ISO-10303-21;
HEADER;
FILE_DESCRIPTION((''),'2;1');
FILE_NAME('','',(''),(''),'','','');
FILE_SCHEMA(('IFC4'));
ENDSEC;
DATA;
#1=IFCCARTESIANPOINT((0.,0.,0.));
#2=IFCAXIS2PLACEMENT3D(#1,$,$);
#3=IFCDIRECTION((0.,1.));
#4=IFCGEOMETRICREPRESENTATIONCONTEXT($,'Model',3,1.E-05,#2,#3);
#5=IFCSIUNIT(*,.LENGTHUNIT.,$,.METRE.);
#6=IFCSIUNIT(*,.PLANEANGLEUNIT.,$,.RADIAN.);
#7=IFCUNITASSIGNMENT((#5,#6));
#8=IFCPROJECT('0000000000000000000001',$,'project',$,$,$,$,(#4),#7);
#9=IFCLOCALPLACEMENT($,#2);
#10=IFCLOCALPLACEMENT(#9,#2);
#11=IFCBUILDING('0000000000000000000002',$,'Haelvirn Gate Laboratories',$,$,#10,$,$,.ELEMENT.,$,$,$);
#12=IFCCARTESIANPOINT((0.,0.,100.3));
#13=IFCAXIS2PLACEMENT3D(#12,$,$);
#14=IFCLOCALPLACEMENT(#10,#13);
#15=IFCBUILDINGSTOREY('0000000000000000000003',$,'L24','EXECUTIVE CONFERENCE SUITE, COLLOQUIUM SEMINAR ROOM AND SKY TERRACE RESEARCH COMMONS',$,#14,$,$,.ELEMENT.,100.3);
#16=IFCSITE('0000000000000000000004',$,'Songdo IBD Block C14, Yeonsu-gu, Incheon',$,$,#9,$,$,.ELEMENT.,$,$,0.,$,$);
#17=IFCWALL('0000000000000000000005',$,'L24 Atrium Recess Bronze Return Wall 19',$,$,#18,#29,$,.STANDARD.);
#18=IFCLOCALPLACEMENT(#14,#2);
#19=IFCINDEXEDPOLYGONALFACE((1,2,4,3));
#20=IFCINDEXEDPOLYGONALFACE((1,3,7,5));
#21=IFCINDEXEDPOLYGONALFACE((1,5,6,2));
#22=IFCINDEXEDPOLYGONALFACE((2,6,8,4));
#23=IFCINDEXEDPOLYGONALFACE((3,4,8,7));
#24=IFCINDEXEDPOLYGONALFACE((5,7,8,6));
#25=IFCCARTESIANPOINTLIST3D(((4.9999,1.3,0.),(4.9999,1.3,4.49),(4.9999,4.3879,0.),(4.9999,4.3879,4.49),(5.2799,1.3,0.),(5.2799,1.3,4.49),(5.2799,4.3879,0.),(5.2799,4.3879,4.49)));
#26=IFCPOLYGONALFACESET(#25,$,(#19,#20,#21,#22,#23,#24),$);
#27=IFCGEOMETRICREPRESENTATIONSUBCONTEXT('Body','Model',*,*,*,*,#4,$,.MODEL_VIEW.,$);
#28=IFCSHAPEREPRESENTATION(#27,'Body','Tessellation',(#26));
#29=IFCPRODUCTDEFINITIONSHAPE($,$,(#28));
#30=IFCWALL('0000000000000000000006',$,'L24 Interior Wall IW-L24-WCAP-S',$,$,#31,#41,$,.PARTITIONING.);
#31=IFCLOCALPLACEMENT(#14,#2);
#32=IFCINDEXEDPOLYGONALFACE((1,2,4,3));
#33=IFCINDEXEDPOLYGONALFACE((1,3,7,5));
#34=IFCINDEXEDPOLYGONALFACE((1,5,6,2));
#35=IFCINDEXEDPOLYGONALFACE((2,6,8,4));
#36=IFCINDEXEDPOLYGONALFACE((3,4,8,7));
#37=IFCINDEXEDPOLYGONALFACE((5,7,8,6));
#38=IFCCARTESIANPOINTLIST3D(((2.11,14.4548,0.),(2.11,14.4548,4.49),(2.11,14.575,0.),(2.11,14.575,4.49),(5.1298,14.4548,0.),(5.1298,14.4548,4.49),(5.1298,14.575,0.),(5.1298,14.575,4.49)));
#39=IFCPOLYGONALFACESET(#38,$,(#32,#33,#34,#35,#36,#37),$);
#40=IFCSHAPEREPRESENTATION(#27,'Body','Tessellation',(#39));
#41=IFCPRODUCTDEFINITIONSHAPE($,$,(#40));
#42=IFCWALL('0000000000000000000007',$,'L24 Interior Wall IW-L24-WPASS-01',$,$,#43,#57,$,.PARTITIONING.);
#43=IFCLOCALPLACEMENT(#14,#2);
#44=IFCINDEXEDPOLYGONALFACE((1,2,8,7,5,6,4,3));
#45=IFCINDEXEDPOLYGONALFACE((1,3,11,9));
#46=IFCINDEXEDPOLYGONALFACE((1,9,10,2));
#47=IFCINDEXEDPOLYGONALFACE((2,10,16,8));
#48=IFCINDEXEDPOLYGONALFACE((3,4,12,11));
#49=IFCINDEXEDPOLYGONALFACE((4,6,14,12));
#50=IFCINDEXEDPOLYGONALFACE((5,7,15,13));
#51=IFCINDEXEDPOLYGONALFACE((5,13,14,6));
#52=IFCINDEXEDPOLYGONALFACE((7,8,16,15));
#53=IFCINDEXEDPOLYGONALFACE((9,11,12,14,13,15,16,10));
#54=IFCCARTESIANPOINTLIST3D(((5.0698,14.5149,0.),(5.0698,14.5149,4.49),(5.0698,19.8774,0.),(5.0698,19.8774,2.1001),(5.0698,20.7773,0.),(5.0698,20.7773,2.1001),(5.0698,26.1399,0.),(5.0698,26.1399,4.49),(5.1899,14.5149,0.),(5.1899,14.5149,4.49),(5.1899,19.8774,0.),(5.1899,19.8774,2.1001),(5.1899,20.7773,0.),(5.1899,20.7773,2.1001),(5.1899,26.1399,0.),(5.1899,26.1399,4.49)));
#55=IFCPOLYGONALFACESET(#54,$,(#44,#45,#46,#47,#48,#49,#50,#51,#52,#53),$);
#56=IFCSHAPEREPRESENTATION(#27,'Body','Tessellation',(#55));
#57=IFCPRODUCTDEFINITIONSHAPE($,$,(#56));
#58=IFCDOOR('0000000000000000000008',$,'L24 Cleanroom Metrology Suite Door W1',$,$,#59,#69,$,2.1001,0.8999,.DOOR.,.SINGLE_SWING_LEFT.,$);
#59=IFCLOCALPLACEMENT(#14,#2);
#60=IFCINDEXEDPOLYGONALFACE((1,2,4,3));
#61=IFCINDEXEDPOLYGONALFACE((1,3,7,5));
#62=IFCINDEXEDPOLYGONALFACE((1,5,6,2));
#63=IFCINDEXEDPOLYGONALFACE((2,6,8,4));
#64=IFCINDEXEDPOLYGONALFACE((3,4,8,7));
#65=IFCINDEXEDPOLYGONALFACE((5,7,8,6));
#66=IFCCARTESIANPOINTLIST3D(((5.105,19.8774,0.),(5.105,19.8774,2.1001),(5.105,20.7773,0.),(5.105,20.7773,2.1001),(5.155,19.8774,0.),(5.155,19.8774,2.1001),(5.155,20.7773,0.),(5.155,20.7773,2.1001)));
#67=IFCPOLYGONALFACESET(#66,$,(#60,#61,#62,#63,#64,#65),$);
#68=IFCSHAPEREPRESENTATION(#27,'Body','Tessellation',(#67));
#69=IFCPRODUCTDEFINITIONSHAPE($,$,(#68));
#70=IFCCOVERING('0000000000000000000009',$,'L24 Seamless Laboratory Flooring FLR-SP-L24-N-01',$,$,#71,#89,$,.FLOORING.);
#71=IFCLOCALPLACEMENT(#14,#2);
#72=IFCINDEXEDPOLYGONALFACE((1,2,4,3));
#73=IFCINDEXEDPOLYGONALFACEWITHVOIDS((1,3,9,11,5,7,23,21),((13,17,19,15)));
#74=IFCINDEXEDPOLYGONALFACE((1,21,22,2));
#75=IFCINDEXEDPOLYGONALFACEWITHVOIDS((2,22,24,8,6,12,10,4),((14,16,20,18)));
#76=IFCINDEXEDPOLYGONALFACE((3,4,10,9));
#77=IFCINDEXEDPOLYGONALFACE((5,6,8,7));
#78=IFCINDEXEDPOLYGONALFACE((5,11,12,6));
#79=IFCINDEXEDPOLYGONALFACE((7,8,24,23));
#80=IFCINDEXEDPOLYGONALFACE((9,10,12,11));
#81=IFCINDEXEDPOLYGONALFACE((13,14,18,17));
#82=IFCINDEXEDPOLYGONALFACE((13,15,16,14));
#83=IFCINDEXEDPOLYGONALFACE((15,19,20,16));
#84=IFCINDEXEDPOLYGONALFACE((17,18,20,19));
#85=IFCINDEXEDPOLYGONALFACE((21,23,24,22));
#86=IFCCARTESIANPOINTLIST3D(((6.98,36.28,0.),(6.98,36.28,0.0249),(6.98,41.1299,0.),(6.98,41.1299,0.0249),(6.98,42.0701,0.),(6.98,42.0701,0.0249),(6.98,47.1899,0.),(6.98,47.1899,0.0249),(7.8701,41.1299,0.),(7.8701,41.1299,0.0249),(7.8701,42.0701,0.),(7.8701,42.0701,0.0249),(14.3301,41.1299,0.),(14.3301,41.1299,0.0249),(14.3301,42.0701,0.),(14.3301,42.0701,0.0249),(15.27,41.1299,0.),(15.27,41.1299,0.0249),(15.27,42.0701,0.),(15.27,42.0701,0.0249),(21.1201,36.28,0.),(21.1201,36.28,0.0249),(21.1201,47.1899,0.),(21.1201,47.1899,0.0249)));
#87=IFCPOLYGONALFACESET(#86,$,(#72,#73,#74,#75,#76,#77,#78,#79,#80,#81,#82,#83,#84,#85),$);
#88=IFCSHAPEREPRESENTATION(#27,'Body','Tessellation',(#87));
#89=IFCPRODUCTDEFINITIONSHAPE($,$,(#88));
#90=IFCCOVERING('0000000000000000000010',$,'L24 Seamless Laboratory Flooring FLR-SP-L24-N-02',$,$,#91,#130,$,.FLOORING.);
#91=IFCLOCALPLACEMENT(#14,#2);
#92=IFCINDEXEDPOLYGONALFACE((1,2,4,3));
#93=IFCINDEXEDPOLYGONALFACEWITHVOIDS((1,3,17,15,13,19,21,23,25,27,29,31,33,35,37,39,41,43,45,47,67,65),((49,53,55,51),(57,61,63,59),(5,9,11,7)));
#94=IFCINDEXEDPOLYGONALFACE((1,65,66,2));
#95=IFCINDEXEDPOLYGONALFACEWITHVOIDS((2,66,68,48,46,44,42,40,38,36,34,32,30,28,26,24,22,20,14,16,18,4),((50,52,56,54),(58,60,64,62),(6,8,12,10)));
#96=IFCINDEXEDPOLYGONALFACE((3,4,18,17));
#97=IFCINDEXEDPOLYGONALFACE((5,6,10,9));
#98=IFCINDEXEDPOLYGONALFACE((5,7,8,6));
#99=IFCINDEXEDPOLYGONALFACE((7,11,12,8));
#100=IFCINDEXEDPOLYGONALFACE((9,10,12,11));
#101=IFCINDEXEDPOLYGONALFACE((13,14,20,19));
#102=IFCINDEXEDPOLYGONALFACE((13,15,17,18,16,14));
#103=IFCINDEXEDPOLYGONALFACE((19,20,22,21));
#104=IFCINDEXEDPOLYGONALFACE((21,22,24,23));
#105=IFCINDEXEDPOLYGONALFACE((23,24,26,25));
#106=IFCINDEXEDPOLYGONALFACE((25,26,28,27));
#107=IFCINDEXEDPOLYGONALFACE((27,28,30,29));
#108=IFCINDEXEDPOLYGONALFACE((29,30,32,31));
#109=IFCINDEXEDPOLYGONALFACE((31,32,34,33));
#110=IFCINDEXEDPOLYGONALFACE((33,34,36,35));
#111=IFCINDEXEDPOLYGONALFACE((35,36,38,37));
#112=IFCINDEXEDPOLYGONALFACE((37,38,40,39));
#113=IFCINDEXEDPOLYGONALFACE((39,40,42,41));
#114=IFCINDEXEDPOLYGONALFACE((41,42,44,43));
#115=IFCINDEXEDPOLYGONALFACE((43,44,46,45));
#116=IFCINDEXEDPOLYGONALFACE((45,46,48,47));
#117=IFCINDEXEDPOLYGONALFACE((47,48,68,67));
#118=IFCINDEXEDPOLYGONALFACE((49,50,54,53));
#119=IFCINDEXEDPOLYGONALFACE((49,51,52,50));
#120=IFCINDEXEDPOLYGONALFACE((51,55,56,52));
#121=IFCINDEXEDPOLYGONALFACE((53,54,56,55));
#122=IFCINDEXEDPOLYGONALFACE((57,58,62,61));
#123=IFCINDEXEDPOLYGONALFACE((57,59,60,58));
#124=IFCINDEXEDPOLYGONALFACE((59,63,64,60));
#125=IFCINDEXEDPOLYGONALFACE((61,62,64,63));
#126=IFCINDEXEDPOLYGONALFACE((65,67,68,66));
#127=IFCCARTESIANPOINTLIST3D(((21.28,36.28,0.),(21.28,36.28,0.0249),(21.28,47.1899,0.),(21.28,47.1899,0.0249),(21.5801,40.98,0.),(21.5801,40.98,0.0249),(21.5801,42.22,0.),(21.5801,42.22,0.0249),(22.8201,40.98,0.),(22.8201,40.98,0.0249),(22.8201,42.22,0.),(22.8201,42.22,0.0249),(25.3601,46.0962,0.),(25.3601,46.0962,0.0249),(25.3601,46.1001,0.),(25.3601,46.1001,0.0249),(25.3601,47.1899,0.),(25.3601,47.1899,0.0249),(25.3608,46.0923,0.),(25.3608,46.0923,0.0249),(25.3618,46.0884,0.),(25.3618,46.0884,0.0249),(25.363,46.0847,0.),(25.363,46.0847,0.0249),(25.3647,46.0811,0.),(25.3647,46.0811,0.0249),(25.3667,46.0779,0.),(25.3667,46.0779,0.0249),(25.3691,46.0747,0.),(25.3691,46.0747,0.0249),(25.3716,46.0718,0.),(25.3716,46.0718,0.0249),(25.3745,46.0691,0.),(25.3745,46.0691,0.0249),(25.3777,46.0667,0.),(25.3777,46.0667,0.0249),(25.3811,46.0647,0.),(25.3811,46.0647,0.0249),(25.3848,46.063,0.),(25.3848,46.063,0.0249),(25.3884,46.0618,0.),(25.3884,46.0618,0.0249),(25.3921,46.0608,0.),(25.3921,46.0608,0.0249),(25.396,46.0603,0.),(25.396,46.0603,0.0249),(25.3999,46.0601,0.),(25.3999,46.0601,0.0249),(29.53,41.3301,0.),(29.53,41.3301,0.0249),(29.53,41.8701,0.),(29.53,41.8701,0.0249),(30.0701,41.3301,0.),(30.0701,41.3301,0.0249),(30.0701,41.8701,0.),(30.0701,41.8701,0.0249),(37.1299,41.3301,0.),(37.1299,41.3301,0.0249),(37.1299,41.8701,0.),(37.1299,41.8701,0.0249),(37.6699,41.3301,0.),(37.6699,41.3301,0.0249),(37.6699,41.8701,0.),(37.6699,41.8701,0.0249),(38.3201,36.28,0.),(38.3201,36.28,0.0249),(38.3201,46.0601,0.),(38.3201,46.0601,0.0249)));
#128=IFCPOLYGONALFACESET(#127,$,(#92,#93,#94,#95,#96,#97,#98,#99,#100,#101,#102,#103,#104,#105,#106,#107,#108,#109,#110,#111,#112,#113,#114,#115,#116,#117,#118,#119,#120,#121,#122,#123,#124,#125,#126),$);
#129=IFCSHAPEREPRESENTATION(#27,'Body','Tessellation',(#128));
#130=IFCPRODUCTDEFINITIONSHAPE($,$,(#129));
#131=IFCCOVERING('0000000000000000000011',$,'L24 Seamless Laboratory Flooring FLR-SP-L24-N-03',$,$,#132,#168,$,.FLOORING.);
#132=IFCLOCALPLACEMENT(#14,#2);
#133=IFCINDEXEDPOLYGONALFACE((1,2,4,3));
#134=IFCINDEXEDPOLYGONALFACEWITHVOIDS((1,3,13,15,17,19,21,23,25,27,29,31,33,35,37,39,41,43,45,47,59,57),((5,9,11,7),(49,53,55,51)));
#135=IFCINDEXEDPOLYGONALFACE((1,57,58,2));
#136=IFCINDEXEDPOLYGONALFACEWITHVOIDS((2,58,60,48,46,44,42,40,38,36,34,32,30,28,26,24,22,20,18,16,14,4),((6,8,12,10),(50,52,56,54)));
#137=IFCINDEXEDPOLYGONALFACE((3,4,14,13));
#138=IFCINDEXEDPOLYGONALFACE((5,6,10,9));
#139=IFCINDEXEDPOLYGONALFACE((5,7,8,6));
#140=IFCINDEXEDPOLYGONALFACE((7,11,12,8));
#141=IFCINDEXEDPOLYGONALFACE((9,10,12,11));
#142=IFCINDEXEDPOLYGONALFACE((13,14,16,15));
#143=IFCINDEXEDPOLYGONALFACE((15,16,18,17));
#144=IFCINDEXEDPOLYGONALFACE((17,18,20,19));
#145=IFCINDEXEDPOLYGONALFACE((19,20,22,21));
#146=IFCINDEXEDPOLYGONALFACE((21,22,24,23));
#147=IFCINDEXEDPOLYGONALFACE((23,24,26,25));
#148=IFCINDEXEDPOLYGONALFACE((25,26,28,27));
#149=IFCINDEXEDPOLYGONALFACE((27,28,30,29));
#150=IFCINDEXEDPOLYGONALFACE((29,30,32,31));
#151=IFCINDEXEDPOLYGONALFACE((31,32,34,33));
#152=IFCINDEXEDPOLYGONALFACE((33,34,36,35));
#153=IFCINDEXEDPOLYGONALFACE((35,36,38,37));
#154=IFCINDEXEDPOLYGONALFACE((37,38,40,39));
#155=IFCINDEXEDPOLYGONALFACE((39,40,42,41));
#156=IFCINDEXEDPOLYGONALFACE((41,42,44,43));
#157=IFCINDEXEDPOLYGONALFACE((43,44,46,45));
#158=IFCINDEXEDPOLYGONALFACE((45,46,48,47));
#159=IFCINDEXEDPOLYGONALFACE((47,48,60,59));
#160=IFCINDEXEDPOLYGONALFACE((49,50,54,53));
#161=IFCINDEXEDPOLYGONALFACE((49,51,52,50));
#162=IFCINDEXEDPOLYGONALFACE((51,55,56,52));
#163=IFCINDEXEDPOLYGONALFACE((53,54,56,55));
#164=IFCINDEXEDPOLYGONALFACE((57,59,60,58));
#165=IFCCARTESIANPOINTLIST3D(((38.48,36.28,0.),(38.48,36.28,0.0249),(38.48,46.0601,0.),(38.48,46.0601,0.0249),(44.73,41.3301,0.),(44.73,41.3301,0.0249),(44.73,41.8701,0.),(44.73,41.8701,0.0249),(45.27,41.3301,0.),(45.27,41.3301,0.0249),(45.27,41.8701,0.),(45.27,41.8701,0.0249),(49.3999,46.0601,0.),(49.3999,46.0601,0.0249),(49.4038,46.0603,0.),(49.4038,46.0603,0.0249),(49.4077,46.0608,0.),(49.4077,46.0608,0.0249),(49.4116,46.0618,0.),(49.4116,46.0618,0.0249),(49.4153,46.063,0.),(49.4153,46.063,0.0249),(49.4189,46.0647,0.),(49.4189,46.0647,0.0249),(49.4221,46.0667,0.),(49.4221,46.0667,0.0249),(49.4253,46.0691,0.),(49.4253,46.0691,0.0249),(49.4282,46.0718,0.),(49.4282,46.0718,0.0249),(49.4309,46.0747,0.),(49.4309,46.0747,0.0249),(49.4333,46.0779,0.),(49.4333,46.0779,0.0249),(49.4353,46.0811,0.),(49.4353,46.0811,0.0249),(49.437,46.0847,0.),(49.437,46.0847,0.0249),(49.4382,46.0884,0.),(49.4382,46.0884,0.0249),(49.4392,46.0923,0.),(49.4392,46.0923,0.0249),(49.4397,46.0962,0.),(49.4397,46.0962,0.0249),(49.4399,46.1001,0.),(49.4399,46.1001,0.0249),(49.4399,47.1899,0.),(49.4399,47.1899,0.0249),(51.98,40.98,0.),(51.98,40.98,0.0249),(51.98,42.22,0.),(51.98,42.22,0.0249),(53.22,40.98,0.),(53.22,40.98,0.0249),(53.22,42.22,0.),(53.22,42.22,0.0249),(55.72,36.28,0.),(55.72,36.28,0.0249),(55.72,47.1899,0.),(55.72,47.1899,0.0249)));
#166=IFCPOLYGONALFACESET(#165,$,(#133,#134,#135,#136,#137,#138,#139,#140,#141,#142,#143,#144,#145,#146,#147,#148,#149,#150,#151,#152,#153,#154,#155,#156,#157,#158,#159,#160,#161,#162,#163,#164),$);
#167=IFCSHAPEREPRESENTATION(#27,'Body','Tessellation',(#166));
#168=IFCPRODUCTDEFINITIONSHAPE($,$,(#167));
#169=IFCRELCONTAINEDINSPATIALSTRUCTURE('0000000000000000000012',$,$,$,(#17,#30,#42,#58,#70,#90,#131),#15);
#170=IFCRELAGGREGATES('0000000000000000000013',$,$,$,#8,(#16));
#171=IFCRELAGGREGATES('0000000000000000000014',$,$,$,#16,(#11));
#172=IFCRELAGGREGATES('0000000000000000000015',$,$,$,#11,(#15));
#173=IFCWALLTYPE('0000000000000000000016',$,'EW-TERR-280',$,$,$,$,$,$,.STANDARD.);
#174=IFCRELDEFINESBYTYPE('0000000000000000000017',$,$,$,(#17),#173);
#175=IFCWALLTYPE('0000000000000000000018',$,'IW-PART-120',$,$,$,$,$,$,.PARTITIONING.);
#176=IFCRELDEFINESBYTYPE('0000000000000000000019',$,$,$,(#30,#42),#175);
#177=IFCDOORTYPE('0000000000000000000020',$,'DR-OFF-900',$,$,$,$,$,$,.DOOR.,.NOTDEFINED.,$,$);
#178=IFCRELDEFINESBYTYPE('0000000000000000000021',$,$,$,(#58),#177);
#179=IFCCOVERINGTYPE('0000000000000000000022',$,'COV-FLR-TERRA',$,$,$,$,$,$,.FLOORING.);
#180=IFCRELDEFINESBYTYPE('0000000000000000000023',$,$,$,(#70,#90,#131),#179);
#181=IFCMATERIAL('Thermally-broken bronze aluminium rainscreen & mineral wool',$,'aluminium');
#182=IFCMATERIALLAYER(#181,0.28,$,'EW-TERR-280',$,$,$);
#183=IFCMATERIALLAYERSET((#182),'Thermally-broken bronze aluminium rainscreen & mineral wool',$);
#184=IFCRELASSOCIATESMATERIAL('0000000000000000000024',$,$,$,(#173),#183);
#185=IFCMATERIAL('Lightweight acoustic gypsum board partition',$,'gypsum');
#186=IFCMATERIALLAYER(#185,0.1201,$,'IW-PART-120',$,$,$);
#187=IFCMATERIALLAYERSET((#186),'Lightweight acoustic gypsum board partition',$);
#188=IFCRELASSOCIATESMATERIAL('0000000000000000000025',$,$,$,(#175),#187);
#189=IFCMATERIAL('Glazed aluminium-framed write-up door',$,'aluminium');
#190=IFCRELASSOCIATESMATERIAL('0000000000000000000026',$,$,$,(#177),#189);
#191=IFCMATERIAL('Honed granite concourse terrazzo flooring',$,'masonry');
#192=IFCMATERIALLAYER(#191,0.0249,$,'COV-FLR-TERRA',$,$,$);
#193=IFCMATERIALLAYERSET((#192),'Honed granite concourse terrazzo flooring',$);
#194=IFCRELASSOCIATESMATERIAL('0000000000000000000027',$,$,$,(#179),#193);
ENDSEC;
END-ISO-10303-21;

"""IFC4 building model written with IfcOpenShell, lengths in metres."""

from ifc_helpers import new_model, si_unit, direction, frame, frame_2d, origin, place, context, subcontext, project, spatial, polyline, rectangle, outline, extrude, source, transform, mapped, material, layer, layer_set, type_object, type_shapes, element, fill, save


model = new_model("IFC4")

# Units and contexts
model_context = context("Model", 3, precision=1e-05, world=origin(), true_north=direction((0.0, 1.0)))
body_context = subcontext(model_context, "Body", "Model", "MODEL_VIEW")
ifc_project = project(units=[si_unit("LENGTHUNIT", "METRE"), si_unit("PLANEANGLEUNIT", "RADIAN")], contexts=[model_context])

# Site, building, storey
site_placement = place(None, origin())
site = spatial("IfcSite", under=ifc_project, at=site_placement, Name="Songdo IBD Block C14, Yeonsu-gu, Incheon", CompositionType="ELEMENT", RefElevation=0.0)
building_placement = place(site_placement, origin())
building = spatial("IfcBuilding", under=site, at=building_placement, Name="Haelvirn Gate Laboratories", CompositionType="ELEMENT")
storey_placement = place(building_placement, frame((0.0, 0.0, 100.3)))
storey = spatial("IfcBuildingStorey", under=building, at=storey_placement, Name="L24", Description="EXECUTIVE CONFERENCE SUITE, COLLOQUIUM SEMINAR ROOM AND SKY TERRACE RESEARCH COMMONS", CompositionType="ELEMENT", Elevation=100.3)

# Walls
ifc_material_1 = material(Name="Thermally-broken bronze aluminium rainscreen & mineral wool", Category="aluminium")
ifc_layer_1 = layer(ifc_material_1, 0.28, Name="EW-TERR-280")
ifc_layer_set_1 = layer_set([ifc_layer_1], Name="Thermally-broken bronze aluminium rainscreen & mineral wool")
wall_type_1 = type_object("IfcWallType", Name="EW-TERR-280", PredefinedType="STANDARD", material=ifc_layer_set_1)
wall_1_placement = place(storey_placement, frame((5.1399, 4.3879, 0.0), z_axis=(0.0, 0.0, 1.0), x_axis=(0.0, -1.0, 0.0)))
element("IfcWall", 1, at=wall_1_placement, inside=storey, type_object=wall_type_1, Name="L24 Atrium Recess Bronze Return Wall 19", PredefinedType="STANDARD", context=body_context, shape_type="SweptSolid", body=[
    extrude(rectangle(XDim=3.0879, YDim=0.28, at=frame_2d((1.5439, 0.0))), origin(), (0.0, 0.0, 1.0), 4.49),
])
ifc_material_2 = material(Name="Lightweight acoustic gypsum board partition", Category="gypsum")
ifc_layer_2 = layer(ifc_material_2, 0.1201, Name="IW-PART-120")
ifc_layer_set_2 = layer_set([ifc_layer_2], Name="Lightweight acoustic gypsum board partition")
wall_type_2 = type_object("IfcWallType", Name="IW-PART-120", PredefinedType="PARTITIONING", material=ifc_layer_set_2)
wall_2_placement = place(storey_placement, frame((2.1101, 14.5149, 0.0), z_axis=(0.0, 0.0, 1.0), x_axis=(1.0, 0.0, 0.0)))
element("IfcWall", 2, at=wall_2_placement, inside=storey, type_object=wall_type_2, Name="L24 Interior Wall IW-L24-WCAP-S", PredefinedType="PARTITIONING", context=body_context, shape_type="SweptSolid", body=[
    extrude(rectangle(XDim=3.0198, YDim=0.1201, at=frame_2d((1.5098, 0.0))), origin(), (0.0, 0.0, 1.0), 4.49),
])

# Wall, opening, door
wall_3_placement = place(storey_placement, frame((5.1299, 14.5149, 0.0), z_axis=(0.0, 0.0, 1.0), x_axis=(0.0, 1.0, 0.0)))
wall_3 = element("IfcWall", 3, at=wall_3_placement, inside=storey, type_object=wall_type_2, Name="L24 Interior Wall IW-L24-WPASS-01", PredefinedType="PARTITIONING", context=body_context, shape_type="SweptSolid", body=[
    extrude(rectangle(XDim=11.625, YDim=0.1201, at=frame_2d((5.8125, 0.0))), origin(), (0.0, 0.0, 1.0), 4.49),
])
opening_placement = place(wall_3_placement, frame((5.3625, 0.0, 0.0)))
opening = element("IfcOpeningElement", 4, at=opening_placement, cuts=wall_3, PredefinedType="OPENING", context=body_context, shape_type="SweptSolid", body=[
    extrude(rectangle(XDim=0.8999, YDim=2.1001, at=frame_2d((0.45, 1.05))), frame((0.0, 0.0701, 0.0), z_axis=(0.0, -1.0, 0.0), x_axis=(1.0, 0.0, 0.0)), (0.0, 0.0, 1.0), 0.1401),
])
ifc_material_3 = material(Name="Glazed aluminium-framed write-up door", Category="aluminium")
door_type = type_object("IfcDoorType", Name="DR-OFF-900", OperationType="NOTDEFINED", PredefinedType="DOOR", material=ifc_material_3)
shared_shape_1 = source(origin(), body_context, "Body", "SweptSolid", [
    extrude(rectangle(XDim=0.8999, YDim=2.1001, at=frame_2d((0.45, 1.05))), frame((0.0, 0.0249, 0.0), z_axis=(0.0, -1.0, 0.0), x_axis=(1.0, 0.0, 0.0)), (0.0, 0.0, 1.0), 0.05),
])
type_shapes(door_type, [shared_shape_1])
door_placement = place(opening_placement, origin())
door = element("IfcDoor", 5, at=door_placement, inside=storey, type_object=door_type, Name="L24 Cleanroom Metrology Suite Door W1", OperationType="SINGLE_SWING_LEFT", OverallHeight=2.1001, OverallWidth=0.8999, PredefinedType="DOOR", context=body_context, shape_type="MappedRepresentation", body=[
    mapped(shared_shape_1, transform((0.0, 0.0, 0.0), scale=1.0)),
])
fill(opening, door)

# Coverings
ifc_material_4 = material(Name="Honed granite concourse terrazzo flooring", Category="masonry")
ifc_layer_3 = layer(ifc_material_4, 0.0249, Name="COV-FLR-TERRA")
ifc_layer_set_3 = layer_set([ifc_layer_3], Name="Honed granite concourse terrazzo flooring")
covering_type = type_object("IfcCoveringType", Name="COV-FLR-TERRA", PredefinedType="FLOORING", material=ifc_layer_set_3)
covering_1_placement = place(storey_placement, origin())
element("IfcCovering", 6, at=covering_1_placement, inside=storey, type_object=covering_type, Name="L24 Seamless Laboratory Flooring FLR-SP-L24-N-01", PredefinedType="FLOORING", context=body_context, shape_type="SweptSolid", body=[
    extrude(outline(polyline([(21.1201, 36.28), (6.98, 36.28), (6.98, 41.1299), (7.8701, 41.1299), (7.8701, 42.0701), (6.98, 42.0701), (6.98, 47.1899), (21.1201, 47.1899), (21.1201, 36.28)]), holes=[polyline([(14.3301, 41.1299), (15.27, 41.1299), (15.27, 42.0701), (14.3301, 42.0701), (14.3301, 41.1299)])]), origin(), (0.0, 0.0, 1.0), 0.0249),
])
covering_2_placement = place(storey_placement, origin())
element("IfcCovering", 7, at=covering_2_placement, inside=storey, type_object=covering_type, Name="L24 Seamless Laboratory Flooring FLR-SP-L24-N-02", PredefinedType="FLOORING", context=body_context, shape_type="SweptSolid", body=[
    extrude(outline(polyline([(25.3601, 46.1001), (25.3601, 46.0962), (25.3608, 46.0923), (25.3618, 46.0884), (25.363, 46.0847), (25.3647, 46.0811), (25.3667, 46.0779), (25.3691, 46.0747), (25.3716, 46.0718), (25.3745, 46.0691), (25.3777, 46.0667), (25.3811, 46.0647), (25.3848, 46.063), (25.3884, 46.0618), (25.3921, 46.0608), (25.396, 46.0603), (25.3999, 46.0601), (38.3201, 46.0601), (38.3201, 36.28), (21.28, 36.28), (21.28, 47.1899), (25.3601, 47.1899), (25.3601, 46.1001)]), holes=[polyline([(22.8201, 40.98), (22.8201, 42.22), (21.5801, 42.22), (21.5801, 40.98), (22.8201, 40.98)]), polyline([(29.53, 41.3301), (30.0701, 41.3301), (30.0701, 41.8701), (29.53, 41.8701), (29.53, 41.3301)]), polyline([(37.1299, 41.8701), (37.1299, 41.3301), (37.6699, 41.3301), (37.6699, 41.8701), (37.1299, 41.8701)])]), origin(), (0.0, 0.0, 1.0), 0.0249),
])
covering_3_placement = place(storey_placement, origin())
element("IfcCovering", 8, at=covering_3_placement, inside=storey, type_object=covering_type, Name="L24 Seamless Laboratory Flooring FLR-SP-L24-N-03", PredefinedType="FLOORING", context=body_context, shape_type="SweptSolid", body=[
    extrude(outline(polyline([(38.48, 46.0601), (49.3999, 46.0601), (49.4038, 46.0603), (49.4077, 46.0608), (49.4116, 46.0618), (49.4153, 46.063), (49.4189, 46.0647), (49.4221, 46.0667), (49.4253, 46.0691), (49.4282, 46.0718), (49.4309, 46.0747), (49.4333, 46.0779), (49.4353, 46.0811), (49.437, 46.0847), (49.4382, 46.0884), (49.4392, 46.0923), (49.4397, 46.0962), (49.4399, 46.1001), (49.4399, 47.1899), (55.72, 47.1899), (55.72, 36.28), (38.48, 36.28), (38.48, 46.0601)]), holes=[polyline([(51.98, 40.98), (53.22, 40.98), (53.22, 42.22), (51.98, 42.22), (51.98, 40.98)]), polyline([(44.73, 41.8701), (44.73, 41.3301), (45.27, 41.3301), (45.27, 41.8701), (44.73, 41.8701)])]), origin(), (0.0, 0.0, 1.0), 0.0249),
])

save(model, "model.ifc")
